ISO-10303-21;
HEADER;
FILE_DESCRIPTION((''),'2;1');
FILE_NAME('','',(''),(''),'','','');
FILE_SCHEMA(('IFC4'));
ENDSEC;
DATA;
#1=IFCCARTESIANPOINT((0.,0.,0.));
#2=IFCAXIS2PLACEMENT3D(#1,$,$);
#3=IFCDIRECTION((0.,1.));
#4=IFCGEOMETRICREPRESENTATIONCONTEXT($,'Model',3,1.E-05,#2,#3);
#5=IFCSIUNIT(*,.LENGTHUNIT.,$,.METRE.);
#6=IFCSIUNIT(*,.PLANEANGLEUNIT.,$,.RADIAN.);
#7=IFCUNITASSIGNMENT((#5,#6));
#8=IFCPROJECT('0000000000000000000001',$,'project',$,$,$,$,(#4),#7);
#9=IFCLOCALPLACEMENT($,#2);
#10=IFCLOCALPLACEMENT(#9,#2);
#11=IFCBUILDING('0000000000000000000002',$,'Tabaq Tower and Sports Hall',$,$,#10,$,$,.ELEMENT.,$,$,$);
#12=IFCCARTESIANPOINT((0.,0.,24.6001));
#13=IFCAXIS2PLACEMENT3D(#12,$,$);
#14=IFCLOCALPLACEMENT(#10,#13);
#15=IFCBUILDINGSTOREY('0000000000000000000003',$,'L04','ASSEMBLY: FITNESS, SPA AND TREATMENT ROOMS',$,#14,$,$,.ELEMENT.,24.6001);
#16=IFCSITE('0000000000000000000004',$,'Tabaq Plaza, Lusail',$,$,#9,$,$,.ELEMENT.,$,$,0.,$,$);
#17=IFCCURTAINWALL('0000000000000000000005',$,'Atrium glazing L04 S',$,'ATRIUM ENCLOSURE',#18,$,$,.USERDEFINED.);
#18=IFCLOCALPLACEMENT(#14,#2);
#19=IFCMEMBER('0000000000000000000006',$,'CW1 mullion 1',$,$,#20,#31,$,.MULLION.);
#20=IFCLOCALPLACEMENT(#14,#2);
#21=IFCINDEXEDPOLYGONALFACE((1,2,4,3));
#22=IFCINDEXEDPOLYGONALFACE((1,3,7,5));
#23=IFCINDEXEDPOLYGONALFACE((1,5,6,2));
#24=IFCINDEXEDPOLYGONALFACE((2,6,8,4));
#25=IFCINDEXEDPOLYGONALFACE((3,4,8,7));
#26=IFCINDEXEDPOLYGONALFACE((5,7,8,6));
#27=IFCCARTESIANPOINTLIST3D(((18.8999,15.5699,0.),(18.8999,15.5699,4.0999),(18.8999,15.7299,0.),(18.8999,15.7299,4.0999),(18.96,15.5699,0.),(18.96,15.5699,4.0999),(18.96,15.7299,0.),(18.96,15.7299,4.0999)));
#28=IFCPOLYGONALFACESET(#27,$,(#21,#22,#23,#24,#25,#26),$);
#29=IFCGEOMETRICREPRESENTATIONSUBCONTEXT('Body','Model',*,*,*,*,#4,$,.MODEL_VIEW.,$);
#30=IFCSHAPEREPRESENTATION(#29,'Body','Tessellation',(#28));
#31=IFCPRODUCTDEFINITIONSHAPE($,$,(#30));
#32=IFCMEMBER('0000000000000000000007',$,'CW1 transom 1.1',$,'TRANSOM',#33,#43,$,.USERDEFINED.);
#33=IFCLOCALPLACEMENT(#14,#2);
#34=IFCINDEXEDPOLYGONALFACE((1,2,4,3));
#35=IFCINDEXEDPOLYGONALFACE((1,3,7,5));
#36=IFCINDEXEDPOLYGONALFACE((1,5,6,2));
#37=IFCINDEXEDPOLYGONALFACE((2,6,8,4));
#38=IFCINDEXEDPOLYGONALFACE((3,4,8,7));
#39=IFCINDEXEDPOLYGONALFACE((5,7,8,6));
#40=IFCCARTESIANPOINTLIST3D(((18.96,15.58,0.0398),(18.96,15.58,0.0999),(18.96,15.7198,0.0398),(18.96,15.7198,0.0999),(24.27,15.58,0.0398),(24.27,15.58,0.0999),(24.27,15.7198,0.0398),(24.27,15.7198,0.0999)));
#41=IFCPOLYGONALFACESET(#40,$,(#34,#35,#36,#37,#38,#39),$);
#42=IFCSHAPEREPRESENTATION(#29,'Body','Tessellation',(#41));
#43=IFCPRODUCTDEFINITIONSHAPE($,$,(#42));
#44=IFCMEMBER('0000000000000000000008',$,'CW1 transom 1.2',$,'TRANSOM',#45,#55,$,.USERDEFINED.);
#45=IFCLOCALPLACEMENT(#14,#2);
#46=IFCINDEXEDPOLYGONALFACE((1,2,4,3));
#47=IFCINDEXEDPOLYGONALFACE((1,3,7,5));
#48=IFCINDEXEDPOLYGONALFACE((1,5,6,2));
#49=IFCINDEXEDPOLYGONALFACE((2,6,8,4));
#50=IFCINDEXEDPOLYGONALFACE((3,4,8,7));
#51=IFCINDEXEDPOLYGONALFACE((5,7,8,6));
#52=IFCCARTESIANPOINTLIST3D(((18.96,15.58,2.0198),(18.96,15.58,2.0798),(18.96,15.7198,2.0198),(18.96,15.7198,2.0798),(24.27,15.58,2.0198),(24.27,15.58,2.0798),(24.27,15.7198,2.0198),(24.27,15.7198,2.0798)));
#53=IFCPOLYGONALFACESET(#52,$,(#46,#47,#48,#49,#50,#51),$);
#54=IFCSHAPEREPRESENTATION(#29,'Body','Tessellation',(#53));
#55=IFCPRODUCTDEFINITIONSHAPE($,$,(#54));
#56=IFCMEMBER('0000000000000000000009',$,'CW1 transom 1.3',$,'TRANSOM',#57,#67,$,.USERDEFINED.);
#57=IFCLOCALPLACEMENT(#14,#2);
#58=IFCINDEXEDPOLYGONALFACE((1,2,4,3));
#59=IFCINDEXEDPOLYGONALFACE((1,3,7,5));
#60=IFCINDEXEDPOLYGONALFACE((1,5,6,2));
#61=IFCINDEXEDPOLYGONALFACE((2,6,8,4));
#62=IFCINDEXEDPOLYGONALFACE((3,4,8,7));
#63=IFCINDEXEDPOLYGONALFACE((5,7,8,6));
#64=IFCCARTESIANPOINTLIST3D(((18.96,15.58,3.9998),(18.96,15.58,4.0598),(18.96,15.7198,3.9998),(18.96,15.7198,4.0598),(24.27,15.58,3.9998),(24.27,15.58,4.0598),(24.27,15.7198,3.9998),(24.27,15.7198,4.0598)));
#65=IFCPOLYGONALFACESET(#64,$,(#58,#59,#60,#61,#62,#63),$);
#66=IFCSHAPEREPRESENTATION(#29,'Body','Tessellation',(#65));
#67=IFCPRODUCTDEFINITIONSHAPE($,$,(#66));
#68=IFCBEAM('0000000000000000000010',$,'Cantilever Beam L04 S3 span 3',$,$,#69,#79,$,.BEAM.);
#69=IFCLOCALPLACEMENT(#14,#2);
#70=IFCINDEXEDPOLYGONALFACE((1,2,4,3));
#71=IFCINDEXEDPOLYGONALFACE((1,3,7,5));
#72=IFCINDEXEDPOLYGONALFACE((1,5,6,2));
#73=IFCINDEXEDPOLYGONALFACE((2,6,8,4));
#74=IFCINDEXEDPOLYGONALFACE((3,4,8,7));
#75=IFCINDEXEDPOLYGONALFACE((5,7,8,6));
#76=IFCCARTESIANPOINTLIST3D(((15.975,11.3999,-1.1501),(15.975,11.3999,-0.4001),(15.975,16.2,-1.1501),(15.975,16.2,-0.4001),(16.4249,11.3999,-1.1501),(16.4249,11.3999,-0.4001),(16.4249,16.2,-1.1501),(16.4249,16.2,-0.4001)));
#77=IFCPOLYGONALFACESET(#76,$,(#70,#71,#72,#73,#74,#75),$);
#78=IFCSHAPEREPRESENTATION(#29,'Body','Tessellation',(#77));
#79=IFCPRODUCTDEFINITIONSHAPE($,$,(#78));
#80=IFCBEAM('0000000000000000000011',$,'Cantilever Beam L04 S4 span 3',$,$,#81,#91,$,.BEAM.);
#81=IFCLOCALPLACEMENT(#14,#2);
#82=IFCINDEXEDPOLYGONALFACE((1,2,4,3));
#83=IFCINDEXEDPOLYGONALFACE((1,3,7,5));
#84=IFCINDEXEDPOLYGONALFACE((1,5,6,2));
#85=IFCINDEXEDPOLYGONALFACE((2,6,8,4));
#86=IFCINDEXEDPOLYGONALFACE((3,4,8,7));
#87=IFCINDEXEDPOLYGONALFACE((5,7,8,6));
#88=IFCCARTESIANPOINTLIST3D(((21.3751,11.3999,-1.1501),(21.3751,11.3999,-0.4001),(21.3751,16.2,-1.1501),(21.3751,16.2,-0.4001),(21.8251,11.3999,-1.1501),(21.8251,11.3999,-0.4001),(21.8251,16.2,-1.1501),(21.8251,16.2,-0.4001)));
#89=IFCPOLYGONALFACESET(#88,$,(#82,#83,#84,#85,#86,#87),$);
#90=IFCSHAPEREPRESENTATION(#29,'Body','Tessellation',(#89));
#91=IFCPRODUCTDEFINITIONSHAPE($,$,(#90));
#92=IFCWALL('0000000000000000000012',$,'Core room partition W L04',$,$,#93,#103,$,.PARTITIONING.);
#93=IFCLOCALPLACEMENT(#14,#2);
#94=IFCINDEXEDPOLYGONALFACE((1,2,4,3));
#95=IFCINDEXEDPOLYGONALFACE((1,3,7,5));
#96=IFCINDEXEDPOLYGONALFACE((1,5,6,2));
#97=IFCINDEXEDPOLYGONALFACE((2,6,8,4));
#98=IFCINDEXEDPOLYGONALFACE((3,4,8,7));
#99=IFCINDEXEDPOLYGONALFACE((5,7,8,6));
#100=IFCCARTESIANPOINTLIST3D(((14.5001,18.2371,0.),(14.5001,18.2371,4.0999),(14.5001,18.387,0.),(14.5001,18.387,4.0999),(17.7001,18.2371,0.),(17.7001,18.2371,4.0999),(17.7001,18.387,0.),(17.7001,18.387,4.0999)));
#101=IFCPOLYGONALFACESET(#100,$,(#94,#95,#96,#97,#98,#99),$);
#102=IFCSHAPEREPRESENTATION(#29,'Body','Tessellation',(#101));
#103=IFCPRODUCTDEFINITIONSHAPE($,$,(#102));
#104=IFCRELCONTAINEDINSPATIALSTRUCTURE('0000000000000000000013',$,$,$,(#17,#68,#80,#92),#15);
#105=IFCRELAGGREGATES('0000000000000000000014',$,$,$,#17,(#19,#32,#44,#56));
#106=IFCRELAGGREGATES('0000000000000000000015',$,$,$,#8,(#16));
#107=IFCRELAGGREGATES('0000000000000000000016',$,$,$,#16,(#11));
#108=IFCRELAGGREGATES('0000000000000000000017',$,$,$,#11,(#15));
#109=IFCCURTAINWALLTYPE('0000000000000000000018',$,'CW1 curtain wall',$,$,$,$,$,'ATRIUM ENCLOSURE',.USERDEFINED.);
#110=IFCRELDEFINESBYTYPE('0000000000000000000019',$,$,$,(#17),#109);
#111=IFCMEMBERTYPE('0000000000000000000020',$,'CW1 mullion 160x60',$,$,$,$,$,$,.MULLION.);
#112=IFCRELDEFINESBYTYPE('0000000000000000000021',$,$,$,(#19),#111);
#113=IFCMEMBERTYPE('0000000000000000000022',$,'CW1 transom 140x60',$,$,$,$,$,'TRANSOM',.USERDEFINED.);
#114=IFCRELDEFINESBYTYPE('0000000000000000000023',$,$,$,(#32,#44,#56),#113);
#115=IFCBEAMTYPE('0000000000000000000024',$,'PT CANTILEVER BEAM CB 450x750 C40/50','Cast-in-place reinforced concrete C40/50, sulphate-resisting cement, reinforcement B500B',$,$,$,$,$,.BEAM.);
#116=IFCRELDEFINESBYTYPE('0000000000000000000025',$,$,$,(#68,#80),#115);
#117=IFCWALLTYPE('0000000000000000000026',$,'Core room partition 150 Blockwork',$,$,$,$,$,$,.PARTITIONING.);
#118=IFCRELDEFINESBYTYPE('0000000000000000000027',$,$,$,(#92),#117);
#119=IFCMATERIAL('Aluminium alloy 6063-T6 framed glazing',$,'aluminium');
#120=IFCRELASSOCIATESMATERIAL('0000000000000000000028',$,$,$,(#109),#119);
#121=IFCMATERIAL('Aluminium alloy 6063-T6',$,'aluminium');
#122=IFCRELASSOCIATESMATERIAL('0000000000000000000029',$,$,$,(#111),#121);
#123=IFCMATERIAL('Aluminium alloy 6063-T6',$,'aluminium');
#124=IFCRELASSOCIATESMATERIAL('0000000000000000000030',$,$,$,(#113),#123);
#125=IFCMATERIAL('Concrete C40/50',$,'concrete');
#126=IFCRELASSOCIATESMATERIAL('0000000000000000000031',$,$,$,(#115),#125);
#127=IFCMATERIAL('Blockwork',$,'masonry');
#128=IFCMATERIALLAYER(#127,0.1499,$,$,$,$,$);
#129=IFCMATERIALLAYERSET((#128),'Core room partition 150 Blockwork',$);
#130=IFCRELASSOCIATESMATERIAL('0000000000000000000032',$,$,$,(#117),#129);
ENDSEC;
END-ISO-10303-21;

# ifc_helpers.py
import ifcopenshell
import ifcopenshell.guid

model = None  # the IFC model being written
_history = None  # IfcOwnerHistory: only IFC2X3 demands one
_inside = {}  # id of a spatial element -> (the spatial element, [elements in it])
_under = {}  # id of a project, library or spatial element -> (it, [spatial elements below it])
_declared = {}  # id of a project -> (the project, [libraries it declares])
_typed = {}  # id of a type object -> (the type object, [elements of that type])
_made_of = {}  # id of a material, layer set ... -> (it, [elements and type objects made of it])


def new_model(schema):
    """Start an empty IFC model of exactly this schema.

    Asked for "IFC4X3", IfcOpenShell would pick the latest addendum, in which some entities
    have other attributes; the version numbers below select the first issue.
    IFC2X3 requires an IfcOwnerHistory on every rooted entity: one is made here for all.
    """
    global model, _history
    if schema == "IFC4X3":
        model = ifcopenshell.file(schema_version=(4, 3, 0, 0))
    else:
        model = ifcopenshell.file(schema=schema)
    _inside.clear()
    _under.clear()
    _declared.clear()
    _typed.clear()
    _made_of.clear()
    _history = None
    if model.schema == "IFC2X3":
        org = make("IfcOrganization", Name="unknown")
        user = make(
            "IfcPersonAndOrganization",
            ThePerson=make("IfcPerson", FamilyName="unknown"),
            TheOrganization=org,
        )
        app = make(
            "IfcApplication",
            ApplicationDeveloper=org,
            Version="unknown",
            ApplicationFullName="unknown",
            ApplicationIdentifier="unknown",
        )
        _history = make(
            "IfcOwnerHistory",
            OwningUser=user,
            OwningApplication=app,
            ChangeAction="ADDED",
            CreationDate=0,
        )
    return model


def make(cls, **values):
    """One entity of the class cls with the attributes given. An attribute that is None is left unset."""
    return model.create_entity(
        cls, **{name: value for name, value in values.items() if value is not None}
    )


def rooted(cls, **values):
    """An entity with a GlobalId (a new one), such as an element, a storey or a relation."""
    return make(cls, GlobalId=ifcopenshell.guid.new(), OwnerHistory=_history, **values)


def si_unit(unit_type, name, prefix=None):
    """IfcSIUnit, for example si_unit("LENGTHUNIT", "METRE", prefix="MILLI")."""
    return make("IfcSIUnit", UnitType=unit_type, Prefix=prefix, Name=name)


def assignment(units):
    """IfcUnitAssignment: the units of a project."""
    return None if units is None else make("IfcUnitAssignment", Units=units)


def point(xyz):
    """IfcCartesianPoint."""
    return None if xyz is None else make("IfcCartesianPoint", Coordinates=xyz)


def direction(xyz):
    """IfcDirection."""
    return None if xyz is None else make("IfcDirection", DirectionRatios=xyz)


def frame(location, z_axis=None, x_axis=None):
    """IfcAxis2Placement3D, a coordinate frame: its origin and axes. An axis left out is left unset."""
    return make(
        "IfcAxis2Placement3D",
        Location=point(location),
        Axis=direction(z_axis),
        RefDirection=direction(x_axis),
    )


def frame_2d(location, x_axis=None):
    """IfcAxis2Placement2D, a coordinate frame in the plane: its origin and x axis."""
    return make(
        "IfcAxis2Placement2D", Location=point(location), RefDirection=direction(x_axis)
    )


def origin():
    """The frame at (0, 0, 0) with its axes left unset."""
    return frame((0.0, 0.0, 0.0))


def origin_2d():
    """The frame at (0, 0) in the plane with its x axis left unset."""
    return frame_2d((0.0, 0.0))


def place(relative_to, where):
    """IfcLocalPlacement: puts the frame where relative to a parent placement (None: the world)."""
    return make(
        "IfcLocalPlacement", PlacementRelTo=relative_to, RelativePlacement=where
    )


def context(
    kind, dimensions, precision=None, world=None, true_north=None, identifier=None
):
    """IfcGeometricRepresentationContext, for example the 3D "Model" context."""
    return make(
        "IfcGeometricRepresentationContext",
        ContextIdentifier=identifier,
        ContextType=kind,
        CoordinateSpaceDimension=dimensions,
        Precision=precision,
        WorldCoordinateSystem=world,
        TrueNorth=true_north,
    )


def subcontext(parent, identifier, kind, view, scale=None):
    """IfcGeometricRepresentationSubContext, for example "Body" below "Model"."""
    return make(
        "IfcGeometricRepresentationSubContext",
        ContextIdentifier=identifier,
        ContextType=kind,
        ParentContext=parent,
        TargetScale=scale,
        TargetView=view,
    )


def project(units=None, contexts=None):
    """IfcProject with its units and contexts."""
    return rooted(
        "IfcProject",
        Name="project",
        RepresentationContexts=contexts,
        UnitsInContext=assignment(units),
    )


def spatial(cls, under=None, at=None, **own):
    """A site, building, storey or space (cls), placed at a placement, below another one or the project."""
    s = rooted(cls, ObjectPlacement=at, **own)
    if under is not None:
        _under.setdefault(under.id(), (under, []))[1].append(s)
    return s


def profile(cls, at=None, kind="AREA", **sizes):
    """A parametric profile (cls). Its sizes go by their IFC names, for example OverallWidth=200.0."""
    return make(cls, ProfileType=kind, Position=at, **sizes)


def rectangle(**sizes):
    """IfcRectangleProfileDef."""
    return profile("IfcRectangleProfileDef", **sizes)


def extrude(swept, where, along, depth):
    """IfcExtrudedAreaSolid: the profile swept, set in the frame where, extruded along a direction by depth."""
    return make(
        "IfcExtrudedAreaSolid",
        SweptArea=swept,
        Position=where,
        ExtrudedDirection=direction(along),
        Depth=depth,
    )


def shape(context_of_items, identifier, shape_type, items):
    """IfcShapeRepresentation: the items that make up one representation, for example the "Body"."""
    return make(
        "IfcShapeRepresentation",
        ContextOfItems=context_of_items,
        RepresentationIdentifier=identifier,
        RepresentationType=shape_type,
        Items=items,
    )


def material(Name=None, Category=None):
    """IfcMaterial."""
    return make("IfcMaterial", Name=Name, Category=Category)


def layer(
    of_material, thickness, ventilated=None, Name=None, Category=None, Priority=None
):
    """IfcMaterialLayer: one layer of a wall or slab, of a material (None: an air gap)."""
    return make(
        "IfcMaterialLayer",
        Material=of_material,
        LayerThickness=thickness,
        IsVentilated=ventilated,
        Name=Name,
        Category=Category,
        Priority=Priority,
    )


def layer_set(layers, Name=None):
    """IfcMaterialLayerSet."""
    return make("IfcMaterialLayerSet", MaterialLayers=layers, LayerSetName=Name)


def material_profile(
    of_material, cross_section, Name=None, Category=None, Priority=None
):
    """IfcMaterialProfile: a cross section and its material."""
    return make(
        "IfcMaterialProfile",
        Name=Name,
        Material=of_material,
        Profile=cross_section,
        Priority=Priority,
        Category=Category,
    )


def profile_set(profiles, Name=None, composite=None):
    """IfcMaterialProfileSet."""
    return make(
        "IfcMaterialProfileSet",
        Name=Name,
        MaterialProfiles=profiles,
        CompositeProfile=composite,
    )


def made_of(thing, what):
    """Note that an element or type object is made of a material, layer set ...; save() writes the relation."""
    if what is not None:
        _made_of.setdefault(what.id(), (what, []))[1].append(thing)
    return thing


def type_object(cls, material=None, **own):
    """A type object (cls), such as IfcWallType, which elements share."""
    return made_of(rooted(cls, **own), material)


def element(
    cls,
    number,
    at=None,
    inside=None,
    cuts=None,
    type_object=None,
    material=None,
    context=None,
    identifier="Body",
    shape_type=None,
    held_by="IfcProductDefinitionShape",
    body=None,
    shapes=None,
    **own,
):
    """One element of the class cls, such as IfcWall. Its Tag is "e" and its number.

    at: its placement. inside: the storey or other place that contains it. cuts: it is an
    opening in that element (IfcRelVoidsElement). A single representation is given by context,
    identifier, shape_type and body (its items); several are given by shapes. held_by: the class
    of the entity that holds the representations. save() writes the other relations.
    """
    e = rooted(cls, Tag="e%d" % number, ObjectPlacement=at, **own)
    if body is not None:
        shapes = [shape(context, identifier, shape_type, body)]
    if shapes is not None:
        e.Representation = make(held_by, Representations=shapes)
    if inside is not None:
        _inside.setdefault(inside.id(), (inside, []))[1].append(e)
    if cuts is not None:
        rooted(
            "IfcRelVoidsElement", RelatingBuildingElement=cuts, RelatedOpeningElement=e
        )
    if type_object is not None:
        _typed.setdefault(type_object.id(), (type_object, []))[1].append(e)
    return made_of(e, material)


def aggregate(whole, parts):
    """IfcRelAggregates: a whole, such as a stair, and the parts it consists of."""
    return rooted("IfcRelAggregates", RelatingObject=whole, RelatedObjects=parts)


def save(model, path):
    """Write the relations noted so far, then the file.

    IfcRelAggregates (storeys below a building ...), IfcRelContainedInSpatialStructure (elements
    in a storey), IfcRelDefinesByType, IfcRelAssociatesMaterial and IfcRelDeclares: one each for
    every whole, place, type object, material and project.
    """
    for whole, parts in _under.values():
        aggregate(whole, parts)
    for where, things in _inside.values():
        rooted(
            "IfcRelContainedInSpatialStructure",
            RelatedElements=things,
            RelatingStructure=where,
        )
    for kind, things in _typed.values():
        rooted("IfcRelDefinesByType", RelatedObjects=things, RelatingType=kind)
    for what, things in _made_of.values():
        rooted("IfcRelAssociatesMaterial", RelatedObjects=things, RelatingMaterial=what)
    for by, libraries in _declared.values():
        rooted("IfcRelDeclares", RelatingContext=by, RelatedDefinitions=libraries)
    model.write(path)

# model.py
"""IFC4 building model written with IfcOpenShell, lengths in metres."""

from ifc_helpers import new_model, si_unit, direction, frame, frame_2d, origin, origin_2d, place, context, subcontext, project, spatial, rectangle, extrude, material, layer, layer_set, material_profile, profile_set, type_object, element, aggregate, save


model = new_model("IFC4")

# Units and contexts
model_context = context("Model", 3, precision=1e-05, world=origin(), true_north=direction((0.0, 1.0)))
body_context = subcontext(model_context, "Body", "Model", "MODEL_VIEW")
ifc_project = project(units=[si_unit("LENGTHUNIT", "METRE"), si_unit("PLANEANGLEUNIT", "RADIAN")], contexts=[model_context])

# Site, building, storey
site_placement = place(None, origin())
site = spatial("IfcSite", under=ifc_project, at=site_placement, Name="Tabaq Plaza, Lusail", CompositionType="ELEMENT", RefElevation=0.0)
building_placement = place(site_placement, origin())
building = spatial("IfcBuilding", under=site, at=building_placement, Name="Tabaq Tower and Sports Hall", CompositionType="ELEMENT")
storey_placement = place(building_placement, frame((0.0, 0.0, 24.6001)))
storey = spatial("IfcBuildingStorey", under=building, at=storey_placement, Name="L04", Description="ASSEMBLY: FITNESS, SPA AND TREATMENT ROOMS", CompositionType="ELEMENT", Elevation=24.6001)

# Curtain wall, members
ifc_material_1 = material(Name="Aluminium alloy 6063-T6 framed glazing", Category="aluminium")
curtain_wall_type = type_object("IfcCurtainWallType", Name="CW1 curtain wall", ElementType="ATRIUM ENCLOSURE", PredefinedType="USERDEFINED", material=ifc_material_1)
curtain_wall_placement = place(storey_placement, origin())
curtain_wall = element("IfcCurtainWall", 1, at=curtain_wall_placement, inside=storey, type_object=curtain_wall_type, Name="Atrium glazing L04 S", ObjectType="ATRIUM ENCLOSURE", PredefinedType="USERDEFINED")
ifc_material_2 = material(Name="Aluminium alloy 6063-T6", Category="aluminium")
ifc_material_profile_1 = material_profile(ifc_material_2, rectangle(XDim=0.1599, YDim=0.0601, at=origin_2d()), Name="MULLION 160x60")
ifc_profile_set_1 = profile_set([ifc_material_profile_1], Name="Aluminium alloy 6063-T6")
member_type_1 = type_object("IfcMemberType", Name="CW1 mullion 160x60", PredefinedType="MULLION", material=ifc_profile_set_1)
member_1_placement = place(storey_placement, frame((18.9299, 15.6499, 0.0), z_axis=(0.0, 0.0, 1.0), x_axis=(0.0, 1.0, 0.0)))
member_1 = element("IfcMember", 2, at=member_1_placement, type_object=member_type_1, Name="CW1 mullion 1", PredefinedType="MULLION", context=body_context, shape_type="SweptSolid", body=[
    extrude(rectangle(XDim=0.1599, YDim=0.0601, at=origin_2d()), origin(), (0.0, 0.0, 1.0), 4.0999),
])
ifc_material_3 = material(Name="Aluminium alloy 6063-T6", Category="aluminium")
ifc_material_profile_2 = material_profile(ifc_material_3, rectangle(XDim=0.1399, YDim=0.0601, at=origin_2d()), Name="TRANSOM 140x60")
ifc_profile_set_2 = profile_set([ifc_material_profile_2], Name="Aluminium alloy 6063-T6")
member_type_2 = type_object("IfcMemberType", Name="CW1 transom 140x60", ElementType="TRANSOM", PredefinedType="USERDEFINED", material=ifc_profile_set_2)
member_2_placement = place(storey_placement, frame((18.96, 15.6499, 0.0698), z_axis=(1.0, 0.0, 0.0), x_axis=(0.0, 1.0, 0.0)))
member_2 = element("IfcMember", 3, at=member_2_placement, type_object=member_type_2, Name="CW1 transom 1.1", ObjectType="TRANSOM", PredefinedType="USERDEFINED", context=body_context, shape_type="SweptSolid", body=[
    extrude(rectangle(XDim=0.1399, YDim=0.0601, at=origin_2d()), origin(), (0.0, 0.0, 1.0), 5.3101),
])
member_3_placement = place(storey_placement, frame((18.96, 15.6499, 2.0498), z_axis=(1.0, 0.0, 0.0), x_axis=(0.0, 1.0, 0.0)))
member_3 = element("IfcMember", 4, at=member_3_placement, type_object=member_type_2, Name="CW1 transom 1.2", ObjectType="TRANSOM", PredefinedType="USERDEFINED", context=body_context, shape_type="SweptSolid", body=[
    extrude(rectangle(XDim=0.1399, YDim=0.0601, at=origin_2d()), origin(), (0.0, 0.0, 1.0), 5.3101),
])
member_4_placement = place(storey_placement, frame((18.96, 15.6499, 4.0298), z_axis=(1.0, 0.0, 0.0), x_axis=(0.0, 1.0, 0.0)))
member_4 = element("IfcMember", 5, at=member_4_placement, type_object=member_type_2, Name="CW1 transom 1.3", ObjectType="TRANSOM", PredefinedType="USERDEFINED", context=body_context, shape_type="SweptSolid", body=[
    extrude(rectangle(XDim=0.1399, YDim=0.0601, at=origin_2d()), origin(), (0.0, 0.0, 1.0), 5.3101),
])
aggregate(curtain_wall, [member_1, member_2, member_3, member_4])

# Beams
ifc_material_4 = material(Name="Concrete C40/50", Category="concrete")
ifc_material_profile_3 = material_profile(ifc_material_4, rectangle(XDim=0.45, YDim=0.75, at=origin_2d()), Name="CB 450x750")
ifc_profile_set_3 = profile_set([ifc_material_profile_3], Name="Concrete C40/50")
beam_type = type_object("IfcBeamType", Name="PT CANTILEVER BEAM CB 450x750 C40/50", Description="Cast-in-place reinforced concrete C40/50, sulphate-resisting cement, reinforcement B500B", PredefinedType="BEAM", material=ifc_profile_set_3)
for number, where, z_axis, x_axis, name in (
    (6, (16.2, 11.3999, -0.7751), (0.0, 1.0, 0.0), (-1.0, 0.0, 0.0), "Cantilever Beam L04 S3 span 3"),
    (7, (21.6001, 11.3999, -0.7751), (0.0, 1.0, 0.0), (-1.0, 0.0, 0.0), "Cantilever Beam L04 S4 span 3"),
):
    element("IfcBeam", number, at=place(storey_placement, frame(where, z_axis=z_axis, x_axis=x_axis)), inside=storey, type_object=beam_type, Name=name, PredefinedType="BEAM", context=body_context, shape_type="SweptSolid", body=[
        extrude(rectangle(XDim=0.45, YDim=0.75, at=origin_2d()), origin(), (0.0, 0.0, 1.0), 4.8),
    ])

# Wall
ifc_material_5 = material(Name="Blockwork", Category="masonry")
ifc_layer_1 = layer(ifc_material_5, 0.1499)
ifc_layer_set_1 = layer_set([ifc_layer_1], Name="Core room partition 150 Blockwork")
wall_type_1 = type_object("IfcWallType", Name="Core room partition 150 Blockwork", PredefinedType="PARTITIONING", material=ifc_layer_set_1)
wall_1_placement = place(storey_placement, frame((14.5, 18.312, 0.0), z_axis=(0.0, 0.0, 1.0), x_axis=(1.0, 0.0, 0.0)))
element("IfcWall", 8, at=wall_1_placement, inside=storey, type_object=wall_type_1, Name="Core room partition W L04", PredefinedType="PARTITIONING", context=body_context, shape_type="SweptSolid", body=[
    extrude(rectangle(XDim=3.2, YDim=0.1499, at=frame_2d((1.6001, 0.0))), origin(), (0.0, 0.0, 1.0), 4.0999),
])

save(model, "model.ifc")
